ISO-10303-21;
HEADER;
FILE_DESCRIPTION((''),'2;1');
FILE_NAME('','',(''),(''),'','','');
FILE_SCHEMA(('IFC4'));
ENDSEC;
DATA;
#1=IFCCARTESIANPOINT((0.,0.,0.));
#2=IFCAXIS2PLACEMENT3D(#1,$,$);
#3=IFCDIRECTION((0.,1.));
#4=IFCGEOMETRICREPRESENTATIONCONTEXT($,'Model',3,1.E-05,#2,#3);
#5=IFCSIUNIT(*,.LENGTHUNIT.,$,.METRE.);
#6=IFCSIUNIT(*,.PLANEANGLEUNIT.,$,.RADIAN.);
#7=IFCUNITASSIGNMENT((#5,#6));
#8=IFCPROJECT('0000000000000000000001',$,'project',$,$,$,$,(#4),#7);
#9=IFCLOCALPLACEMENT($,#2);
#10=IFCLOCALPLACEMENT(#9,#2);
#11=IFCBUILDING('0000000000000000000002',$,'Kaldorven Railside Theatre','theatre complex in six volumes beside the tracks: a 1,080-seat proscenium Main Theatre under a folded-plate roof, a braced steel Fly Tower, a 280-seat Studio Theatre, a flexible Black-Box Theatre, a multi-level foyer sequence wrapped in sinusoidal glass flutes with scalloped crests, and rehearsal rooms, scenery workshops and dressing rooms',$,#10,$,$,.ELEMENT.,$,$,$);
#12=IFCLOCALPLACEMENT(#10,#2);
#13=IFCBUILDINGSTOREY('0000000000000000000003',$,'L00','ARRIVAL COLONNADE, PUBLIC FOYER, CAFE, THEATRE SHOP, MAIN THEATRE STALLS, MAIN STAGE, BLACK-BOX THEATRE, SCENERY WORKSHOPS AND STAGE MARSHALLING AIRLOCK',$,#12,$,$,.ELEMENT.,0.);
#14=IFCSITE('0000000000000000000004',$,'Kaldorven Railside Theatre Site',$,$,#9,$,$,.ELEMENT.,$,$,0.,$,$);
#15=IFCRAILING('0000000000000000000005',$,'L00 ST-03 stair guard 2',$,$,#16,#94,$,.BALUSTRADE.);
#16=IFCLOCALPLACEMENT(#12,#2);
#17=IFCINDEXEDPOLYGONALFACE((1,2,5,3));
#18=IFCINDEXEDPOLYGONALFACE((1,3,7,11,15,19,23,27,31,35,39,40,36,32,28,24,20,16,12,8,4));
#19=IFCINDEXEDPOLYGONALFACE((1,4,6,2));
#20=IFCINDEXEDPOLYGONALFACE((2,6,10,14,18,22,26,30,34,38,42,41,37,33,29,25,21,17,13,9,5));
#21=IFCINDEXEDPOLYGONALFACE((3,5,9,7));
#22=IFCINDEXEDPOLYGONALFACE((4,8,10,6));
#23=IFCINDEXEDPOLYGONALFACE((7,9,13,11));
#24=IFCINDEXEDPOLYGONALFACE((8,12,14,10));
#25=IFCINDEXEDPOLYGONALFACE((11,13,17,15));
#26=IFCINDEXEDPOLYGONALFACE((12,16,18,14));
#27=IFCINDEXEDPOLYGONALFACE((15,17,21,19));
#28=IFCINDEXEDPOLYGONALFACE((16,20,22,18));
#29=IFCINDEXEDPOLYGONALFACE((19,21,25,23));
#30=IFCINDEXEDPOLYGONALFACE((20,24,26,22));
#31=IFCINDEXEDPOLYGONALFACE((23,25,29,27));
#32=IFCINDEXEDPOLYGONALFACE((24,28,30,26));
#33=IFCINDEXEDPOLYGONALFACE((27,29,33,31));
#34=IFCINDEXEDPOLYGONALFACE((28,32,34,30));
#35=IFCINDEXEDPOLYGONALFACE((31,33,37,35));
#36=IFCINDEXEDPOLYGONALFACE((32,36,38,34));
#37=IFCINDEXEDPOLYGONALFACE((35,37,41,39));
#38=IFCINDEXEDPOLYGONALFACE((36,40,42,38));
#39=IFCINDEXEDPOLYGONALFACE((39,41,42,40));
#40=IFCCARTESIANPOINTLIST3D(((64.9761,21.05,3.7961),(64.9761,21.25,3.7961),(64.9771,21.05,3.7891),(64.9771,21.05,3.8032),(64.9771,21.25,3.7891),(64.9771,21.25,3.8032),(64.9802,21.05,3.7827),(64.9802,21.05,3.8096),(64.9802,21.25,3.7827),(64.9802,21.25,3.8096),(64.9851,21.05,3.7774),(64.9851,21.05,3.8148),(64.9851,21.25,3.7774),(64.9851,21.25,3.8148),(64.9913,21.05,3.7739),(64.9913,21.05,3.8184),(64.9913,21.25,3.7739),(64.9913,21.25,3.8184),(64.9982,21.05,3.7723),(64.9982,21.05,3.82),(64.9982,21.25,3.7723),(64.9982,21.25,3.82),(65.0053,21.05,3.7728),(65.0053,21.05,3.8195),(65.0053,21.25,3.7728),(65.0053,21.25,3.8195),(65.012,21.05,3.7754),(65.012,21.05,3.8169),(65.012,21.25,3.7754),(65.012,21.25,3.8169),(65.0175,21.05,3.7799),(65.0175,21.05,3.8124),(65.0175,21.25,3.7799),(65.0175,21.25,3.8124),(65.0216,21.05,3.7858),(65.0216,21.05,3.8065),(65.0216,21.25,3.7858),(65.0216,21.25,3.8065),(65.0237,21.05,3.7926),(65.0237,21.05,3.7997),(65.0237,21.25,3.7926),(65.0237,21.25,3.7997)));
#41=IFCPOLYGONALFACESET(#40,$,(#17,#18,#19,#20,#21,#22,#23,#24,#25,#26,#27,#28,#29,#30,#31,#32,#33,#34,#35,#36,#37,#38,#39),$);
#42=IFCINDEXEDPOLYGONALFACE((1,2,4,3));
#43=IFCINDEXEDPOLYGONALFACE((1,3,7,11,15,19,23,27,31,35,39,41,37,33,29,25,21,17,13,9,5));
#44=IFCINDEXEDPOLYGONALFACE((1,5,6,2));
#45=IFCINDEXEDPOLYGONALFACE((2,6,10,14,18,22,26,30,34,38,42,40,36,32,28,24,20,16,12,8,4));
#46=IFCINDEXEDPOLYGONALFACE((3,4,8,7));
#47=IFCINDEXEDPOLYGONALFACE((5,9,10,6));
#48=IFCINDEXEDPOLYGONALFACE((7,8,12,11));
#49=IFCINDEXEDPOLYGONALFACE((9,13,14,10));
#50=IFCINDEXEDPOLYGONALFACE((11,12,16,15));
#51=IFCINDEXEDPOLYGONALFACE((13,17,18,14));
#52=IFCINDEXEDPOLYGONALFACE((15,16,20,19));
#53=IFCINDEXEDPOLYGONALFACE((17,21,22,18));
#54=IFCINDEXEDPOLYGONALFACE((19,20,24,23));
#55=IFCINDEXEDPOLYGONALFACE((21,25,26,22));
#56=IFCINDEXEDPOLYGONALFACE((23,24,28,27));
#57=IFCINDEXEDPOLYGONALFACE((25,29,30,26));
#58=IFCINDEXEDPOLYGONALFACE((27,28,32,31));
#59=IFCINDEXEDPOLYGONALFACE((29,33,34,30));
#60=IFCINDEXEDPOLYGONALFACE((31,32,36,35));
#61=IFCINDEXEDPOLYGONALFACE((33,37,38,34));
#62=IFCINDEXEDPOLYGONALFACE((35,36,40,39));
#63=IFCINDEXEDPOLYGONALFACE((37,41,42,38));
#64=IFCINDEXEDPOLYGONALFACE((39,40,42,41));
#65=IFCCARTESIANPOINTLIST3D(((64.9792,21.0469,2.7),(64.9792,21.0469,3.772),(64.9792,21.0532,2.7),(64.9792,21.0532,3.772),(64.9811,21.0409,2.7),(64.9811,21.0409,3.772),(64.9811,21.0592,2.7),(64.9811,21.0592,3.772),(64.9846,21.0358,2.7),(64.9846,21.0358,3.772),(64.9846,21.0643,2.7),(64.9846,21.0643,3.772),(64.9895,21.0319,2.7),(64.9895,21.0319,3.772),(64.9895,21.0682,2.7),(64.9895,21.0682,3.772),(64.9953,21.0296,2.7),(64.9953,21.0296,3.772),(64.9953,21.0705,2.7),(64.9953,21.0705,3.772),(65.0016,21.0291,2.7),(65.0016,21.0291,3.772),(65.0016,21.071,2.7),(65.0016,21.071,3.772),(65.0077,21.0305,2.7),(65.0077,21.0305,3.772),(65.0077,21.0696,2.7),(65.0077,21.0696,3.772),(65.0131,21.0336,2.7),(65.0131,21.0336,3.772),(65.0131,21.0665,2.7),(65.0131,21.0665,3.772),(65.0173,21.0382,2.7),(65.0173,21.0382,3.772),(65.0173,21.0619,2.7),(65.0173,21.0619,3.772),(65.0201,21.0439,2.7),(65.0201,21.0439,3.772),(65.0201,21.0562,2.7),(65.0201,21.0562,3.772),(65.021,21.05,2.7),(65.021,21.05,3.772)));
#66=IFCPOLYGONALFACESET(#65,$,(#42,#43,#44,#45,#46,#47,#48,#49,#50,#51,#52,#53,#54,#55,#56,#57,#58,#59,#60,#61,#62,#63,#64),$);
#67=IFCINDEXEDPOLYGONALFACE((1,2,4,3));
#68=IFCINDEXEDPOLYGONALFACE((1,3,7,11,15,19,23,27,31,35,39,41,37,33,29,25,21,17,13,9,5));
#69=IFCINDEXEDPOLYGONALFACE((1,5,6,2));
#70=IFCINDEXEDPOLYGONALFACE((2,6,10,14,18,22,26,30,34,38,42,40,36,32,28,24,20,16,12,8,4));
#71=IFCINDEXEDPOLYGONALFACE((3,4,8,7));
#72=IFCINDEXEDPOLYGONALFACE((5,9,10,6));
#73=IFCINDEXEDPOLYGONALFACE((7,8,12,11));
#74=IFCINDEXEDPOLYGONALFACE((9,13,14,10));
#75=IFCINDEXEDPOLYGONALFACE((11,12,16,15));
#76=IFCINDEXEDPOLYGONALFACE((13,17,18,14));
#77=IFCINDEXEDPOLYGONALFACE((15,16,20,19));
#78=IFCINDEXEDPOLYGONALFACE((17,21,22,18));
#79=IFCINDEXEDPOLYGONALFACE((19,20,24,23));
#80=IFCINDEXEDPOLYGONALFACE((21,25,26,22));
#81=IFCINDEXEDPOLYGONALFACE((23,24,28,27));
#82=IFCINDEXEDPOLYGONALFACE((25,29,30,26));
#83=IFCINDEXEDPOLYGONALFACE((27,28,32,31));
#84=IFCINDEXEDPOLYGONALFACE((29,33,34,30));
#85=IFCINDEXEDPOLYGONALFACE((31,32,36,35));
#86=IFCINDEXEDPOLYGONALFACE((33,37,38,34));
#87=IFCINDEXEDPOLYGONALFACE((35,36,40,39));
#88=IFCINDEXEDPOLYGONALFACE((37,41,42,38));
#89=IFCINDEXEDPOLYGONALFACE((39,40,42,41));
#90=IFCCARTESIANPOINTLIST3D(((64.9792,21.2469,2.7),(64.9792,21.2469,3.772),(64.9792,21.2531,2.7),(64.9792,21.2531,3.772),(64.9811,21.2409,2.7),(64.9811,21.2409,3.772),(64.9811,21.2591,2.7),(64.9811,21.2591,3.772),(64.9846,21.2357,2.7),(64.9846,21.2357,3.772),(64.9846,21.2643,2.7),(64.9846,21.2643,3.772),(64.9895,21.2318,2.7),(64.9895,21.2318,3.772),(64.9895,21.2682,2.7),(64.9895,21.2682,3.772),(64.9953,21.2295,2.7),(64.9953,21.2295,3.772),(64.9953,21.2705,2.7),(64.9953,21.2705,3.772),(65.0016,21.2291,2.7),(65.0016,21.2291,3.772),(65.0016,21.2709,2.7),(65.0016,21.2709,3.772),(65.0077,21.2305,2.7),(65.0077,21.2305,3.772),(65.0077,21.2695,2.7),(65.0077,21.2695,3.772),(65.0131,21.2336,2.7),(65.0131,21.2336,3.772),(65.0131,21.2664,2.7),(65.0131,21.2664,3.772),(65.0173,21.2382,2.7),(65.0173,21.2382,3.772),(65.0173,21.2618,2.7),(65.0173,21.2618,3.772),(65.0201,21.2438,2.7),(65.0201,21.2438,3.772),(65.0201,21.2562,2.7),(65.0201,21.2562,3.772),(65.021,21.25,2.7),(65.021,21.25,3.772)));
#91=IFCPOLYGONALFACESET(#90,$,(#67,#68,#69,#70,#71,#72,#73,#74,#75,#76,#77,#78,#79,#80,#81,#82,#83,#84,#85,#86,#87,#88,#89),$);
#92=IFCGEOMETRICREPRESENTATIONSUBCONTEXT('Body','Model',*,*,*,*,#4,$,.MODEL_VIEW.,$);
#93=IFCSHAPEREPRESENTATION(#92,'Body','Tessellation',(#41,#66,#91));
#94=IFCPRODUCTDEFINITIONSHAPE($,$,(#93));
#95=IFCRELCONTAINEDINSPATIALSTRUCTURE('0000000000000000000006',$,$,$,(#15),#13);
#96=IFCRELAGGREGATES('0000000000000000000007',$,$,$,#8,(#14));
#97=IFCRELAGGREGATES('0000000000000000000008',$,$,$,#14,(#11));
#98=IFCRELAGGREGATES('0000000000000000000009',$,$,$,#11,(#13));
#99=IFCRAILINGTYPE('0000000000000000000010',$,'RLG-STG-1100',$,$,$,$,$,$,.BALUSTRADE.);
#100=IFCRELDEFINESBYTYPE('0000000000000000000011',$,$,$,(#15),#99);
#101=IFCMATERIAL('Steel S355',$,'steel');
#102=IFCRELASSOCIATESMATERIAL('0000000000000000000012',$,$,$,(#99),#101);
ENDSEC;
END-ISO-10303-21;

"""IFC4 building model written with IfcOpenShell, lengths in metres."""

from ifc_helpers import new_model, si_unit, direction, frame, origin, origin_2d, place, context, subcontext, project, spatial, circle, extrude, material, type_object, element, save


model = new_model("IFC4")

# Units and contexts
model_context = context("Model", 3, precision=1e-05, world=origin(), true_north=direction((0.0, 1.0)))
body_context = subcontext(model_context, "Body", "Model", "MODEL_VIEW")
ifc_project = project(units=[si_unit("LENGTHUNIT", "METRE"), si_unit("PLANEANGLEUNIT", "RADIAN")], contexts=[model_context])

# Site, building, storey
site_placement = place(None, origin())
site = spatial("IfcSite", under=ifc_project, at=site_placement, Name="Kaldorven Railside Theatre Site", CompositionType="ELEMENT", RefElevation=0.0)
building_placement = place(site_placement, origin())
building = spatial("IfcBuilding", under=site, at=building_placement, Name="Kaldorven Railside Theatre", Description="theatre complex in six volumes beside the tracks: a 1,080-seat proscenium Main Theatre under a folded-plate roof, a braced steel Fly Tower, a 280-seat Studio Theatre, a flexible Black-Box Theatre, a multi-level foyer sequence wrapped in sinusoidal glass flutes with scalloped crests, and rehearsal rooms, scenery workshops and dressing rooms", CompositionType="ELEMENT")
storey_placement = place(building_placement, origin())
storey = spatial("IfcBuildingStorey", under=building, at=storey_placement, Name="L00", Description="ARRIVAL COLONNADE, PUBLIC FOYER, CAFE, THEATRE SHOP, MAIN THEATRE STALLS, MAIN STAGE, BLACK-BOX THEATRE, SCENERY WORKSHOPS AND STAGE MARSHALLING AIRLOCK", CompositionType="ELEMENT", Elevation=0.0)

# Shared definitions
ifc_material_1 = material(Name="Steel S355", Category="steel")

# Railing
railing_type_1 = type_object("IfcRailingType", Name="RLG-STG-1100", PredefinedType="BALUSTRADE", material=ifc_material_1)
railing_1_placement = place(storey_placement, frame((65.0, 21.05, 2.7)))
element("IfcRailing", 1, at=railing_1_placement, inside=storey, type_object=railing_type_1, Name="L00 ST-03 stair guard 2", PredefinedType="BALUSTRADE", context=body_context, shape_type="SweptSolid", body=[
    extrude(circle(Radius=0.0239, at=origin_2d()), frame((0.0, 0.0, 1.0962), z_axis=(0.0, 1.0, 0.0), x_axis=(-1.0, 0.0, 0.0)), (0.0, 0.0, 1.0), 0.2),
    extrude(circle(Radius=0.021, at=origin_2d()), origin(), (0.0, 0.0, 1.0), 1.072),
    extrude(circle(Radius=0.021, at=origin_2d()), frame((0.0, 0.2, 0.0)), (0.0, 0.0, 1.0), 1.072),
])

save(model, "model.ifc")
